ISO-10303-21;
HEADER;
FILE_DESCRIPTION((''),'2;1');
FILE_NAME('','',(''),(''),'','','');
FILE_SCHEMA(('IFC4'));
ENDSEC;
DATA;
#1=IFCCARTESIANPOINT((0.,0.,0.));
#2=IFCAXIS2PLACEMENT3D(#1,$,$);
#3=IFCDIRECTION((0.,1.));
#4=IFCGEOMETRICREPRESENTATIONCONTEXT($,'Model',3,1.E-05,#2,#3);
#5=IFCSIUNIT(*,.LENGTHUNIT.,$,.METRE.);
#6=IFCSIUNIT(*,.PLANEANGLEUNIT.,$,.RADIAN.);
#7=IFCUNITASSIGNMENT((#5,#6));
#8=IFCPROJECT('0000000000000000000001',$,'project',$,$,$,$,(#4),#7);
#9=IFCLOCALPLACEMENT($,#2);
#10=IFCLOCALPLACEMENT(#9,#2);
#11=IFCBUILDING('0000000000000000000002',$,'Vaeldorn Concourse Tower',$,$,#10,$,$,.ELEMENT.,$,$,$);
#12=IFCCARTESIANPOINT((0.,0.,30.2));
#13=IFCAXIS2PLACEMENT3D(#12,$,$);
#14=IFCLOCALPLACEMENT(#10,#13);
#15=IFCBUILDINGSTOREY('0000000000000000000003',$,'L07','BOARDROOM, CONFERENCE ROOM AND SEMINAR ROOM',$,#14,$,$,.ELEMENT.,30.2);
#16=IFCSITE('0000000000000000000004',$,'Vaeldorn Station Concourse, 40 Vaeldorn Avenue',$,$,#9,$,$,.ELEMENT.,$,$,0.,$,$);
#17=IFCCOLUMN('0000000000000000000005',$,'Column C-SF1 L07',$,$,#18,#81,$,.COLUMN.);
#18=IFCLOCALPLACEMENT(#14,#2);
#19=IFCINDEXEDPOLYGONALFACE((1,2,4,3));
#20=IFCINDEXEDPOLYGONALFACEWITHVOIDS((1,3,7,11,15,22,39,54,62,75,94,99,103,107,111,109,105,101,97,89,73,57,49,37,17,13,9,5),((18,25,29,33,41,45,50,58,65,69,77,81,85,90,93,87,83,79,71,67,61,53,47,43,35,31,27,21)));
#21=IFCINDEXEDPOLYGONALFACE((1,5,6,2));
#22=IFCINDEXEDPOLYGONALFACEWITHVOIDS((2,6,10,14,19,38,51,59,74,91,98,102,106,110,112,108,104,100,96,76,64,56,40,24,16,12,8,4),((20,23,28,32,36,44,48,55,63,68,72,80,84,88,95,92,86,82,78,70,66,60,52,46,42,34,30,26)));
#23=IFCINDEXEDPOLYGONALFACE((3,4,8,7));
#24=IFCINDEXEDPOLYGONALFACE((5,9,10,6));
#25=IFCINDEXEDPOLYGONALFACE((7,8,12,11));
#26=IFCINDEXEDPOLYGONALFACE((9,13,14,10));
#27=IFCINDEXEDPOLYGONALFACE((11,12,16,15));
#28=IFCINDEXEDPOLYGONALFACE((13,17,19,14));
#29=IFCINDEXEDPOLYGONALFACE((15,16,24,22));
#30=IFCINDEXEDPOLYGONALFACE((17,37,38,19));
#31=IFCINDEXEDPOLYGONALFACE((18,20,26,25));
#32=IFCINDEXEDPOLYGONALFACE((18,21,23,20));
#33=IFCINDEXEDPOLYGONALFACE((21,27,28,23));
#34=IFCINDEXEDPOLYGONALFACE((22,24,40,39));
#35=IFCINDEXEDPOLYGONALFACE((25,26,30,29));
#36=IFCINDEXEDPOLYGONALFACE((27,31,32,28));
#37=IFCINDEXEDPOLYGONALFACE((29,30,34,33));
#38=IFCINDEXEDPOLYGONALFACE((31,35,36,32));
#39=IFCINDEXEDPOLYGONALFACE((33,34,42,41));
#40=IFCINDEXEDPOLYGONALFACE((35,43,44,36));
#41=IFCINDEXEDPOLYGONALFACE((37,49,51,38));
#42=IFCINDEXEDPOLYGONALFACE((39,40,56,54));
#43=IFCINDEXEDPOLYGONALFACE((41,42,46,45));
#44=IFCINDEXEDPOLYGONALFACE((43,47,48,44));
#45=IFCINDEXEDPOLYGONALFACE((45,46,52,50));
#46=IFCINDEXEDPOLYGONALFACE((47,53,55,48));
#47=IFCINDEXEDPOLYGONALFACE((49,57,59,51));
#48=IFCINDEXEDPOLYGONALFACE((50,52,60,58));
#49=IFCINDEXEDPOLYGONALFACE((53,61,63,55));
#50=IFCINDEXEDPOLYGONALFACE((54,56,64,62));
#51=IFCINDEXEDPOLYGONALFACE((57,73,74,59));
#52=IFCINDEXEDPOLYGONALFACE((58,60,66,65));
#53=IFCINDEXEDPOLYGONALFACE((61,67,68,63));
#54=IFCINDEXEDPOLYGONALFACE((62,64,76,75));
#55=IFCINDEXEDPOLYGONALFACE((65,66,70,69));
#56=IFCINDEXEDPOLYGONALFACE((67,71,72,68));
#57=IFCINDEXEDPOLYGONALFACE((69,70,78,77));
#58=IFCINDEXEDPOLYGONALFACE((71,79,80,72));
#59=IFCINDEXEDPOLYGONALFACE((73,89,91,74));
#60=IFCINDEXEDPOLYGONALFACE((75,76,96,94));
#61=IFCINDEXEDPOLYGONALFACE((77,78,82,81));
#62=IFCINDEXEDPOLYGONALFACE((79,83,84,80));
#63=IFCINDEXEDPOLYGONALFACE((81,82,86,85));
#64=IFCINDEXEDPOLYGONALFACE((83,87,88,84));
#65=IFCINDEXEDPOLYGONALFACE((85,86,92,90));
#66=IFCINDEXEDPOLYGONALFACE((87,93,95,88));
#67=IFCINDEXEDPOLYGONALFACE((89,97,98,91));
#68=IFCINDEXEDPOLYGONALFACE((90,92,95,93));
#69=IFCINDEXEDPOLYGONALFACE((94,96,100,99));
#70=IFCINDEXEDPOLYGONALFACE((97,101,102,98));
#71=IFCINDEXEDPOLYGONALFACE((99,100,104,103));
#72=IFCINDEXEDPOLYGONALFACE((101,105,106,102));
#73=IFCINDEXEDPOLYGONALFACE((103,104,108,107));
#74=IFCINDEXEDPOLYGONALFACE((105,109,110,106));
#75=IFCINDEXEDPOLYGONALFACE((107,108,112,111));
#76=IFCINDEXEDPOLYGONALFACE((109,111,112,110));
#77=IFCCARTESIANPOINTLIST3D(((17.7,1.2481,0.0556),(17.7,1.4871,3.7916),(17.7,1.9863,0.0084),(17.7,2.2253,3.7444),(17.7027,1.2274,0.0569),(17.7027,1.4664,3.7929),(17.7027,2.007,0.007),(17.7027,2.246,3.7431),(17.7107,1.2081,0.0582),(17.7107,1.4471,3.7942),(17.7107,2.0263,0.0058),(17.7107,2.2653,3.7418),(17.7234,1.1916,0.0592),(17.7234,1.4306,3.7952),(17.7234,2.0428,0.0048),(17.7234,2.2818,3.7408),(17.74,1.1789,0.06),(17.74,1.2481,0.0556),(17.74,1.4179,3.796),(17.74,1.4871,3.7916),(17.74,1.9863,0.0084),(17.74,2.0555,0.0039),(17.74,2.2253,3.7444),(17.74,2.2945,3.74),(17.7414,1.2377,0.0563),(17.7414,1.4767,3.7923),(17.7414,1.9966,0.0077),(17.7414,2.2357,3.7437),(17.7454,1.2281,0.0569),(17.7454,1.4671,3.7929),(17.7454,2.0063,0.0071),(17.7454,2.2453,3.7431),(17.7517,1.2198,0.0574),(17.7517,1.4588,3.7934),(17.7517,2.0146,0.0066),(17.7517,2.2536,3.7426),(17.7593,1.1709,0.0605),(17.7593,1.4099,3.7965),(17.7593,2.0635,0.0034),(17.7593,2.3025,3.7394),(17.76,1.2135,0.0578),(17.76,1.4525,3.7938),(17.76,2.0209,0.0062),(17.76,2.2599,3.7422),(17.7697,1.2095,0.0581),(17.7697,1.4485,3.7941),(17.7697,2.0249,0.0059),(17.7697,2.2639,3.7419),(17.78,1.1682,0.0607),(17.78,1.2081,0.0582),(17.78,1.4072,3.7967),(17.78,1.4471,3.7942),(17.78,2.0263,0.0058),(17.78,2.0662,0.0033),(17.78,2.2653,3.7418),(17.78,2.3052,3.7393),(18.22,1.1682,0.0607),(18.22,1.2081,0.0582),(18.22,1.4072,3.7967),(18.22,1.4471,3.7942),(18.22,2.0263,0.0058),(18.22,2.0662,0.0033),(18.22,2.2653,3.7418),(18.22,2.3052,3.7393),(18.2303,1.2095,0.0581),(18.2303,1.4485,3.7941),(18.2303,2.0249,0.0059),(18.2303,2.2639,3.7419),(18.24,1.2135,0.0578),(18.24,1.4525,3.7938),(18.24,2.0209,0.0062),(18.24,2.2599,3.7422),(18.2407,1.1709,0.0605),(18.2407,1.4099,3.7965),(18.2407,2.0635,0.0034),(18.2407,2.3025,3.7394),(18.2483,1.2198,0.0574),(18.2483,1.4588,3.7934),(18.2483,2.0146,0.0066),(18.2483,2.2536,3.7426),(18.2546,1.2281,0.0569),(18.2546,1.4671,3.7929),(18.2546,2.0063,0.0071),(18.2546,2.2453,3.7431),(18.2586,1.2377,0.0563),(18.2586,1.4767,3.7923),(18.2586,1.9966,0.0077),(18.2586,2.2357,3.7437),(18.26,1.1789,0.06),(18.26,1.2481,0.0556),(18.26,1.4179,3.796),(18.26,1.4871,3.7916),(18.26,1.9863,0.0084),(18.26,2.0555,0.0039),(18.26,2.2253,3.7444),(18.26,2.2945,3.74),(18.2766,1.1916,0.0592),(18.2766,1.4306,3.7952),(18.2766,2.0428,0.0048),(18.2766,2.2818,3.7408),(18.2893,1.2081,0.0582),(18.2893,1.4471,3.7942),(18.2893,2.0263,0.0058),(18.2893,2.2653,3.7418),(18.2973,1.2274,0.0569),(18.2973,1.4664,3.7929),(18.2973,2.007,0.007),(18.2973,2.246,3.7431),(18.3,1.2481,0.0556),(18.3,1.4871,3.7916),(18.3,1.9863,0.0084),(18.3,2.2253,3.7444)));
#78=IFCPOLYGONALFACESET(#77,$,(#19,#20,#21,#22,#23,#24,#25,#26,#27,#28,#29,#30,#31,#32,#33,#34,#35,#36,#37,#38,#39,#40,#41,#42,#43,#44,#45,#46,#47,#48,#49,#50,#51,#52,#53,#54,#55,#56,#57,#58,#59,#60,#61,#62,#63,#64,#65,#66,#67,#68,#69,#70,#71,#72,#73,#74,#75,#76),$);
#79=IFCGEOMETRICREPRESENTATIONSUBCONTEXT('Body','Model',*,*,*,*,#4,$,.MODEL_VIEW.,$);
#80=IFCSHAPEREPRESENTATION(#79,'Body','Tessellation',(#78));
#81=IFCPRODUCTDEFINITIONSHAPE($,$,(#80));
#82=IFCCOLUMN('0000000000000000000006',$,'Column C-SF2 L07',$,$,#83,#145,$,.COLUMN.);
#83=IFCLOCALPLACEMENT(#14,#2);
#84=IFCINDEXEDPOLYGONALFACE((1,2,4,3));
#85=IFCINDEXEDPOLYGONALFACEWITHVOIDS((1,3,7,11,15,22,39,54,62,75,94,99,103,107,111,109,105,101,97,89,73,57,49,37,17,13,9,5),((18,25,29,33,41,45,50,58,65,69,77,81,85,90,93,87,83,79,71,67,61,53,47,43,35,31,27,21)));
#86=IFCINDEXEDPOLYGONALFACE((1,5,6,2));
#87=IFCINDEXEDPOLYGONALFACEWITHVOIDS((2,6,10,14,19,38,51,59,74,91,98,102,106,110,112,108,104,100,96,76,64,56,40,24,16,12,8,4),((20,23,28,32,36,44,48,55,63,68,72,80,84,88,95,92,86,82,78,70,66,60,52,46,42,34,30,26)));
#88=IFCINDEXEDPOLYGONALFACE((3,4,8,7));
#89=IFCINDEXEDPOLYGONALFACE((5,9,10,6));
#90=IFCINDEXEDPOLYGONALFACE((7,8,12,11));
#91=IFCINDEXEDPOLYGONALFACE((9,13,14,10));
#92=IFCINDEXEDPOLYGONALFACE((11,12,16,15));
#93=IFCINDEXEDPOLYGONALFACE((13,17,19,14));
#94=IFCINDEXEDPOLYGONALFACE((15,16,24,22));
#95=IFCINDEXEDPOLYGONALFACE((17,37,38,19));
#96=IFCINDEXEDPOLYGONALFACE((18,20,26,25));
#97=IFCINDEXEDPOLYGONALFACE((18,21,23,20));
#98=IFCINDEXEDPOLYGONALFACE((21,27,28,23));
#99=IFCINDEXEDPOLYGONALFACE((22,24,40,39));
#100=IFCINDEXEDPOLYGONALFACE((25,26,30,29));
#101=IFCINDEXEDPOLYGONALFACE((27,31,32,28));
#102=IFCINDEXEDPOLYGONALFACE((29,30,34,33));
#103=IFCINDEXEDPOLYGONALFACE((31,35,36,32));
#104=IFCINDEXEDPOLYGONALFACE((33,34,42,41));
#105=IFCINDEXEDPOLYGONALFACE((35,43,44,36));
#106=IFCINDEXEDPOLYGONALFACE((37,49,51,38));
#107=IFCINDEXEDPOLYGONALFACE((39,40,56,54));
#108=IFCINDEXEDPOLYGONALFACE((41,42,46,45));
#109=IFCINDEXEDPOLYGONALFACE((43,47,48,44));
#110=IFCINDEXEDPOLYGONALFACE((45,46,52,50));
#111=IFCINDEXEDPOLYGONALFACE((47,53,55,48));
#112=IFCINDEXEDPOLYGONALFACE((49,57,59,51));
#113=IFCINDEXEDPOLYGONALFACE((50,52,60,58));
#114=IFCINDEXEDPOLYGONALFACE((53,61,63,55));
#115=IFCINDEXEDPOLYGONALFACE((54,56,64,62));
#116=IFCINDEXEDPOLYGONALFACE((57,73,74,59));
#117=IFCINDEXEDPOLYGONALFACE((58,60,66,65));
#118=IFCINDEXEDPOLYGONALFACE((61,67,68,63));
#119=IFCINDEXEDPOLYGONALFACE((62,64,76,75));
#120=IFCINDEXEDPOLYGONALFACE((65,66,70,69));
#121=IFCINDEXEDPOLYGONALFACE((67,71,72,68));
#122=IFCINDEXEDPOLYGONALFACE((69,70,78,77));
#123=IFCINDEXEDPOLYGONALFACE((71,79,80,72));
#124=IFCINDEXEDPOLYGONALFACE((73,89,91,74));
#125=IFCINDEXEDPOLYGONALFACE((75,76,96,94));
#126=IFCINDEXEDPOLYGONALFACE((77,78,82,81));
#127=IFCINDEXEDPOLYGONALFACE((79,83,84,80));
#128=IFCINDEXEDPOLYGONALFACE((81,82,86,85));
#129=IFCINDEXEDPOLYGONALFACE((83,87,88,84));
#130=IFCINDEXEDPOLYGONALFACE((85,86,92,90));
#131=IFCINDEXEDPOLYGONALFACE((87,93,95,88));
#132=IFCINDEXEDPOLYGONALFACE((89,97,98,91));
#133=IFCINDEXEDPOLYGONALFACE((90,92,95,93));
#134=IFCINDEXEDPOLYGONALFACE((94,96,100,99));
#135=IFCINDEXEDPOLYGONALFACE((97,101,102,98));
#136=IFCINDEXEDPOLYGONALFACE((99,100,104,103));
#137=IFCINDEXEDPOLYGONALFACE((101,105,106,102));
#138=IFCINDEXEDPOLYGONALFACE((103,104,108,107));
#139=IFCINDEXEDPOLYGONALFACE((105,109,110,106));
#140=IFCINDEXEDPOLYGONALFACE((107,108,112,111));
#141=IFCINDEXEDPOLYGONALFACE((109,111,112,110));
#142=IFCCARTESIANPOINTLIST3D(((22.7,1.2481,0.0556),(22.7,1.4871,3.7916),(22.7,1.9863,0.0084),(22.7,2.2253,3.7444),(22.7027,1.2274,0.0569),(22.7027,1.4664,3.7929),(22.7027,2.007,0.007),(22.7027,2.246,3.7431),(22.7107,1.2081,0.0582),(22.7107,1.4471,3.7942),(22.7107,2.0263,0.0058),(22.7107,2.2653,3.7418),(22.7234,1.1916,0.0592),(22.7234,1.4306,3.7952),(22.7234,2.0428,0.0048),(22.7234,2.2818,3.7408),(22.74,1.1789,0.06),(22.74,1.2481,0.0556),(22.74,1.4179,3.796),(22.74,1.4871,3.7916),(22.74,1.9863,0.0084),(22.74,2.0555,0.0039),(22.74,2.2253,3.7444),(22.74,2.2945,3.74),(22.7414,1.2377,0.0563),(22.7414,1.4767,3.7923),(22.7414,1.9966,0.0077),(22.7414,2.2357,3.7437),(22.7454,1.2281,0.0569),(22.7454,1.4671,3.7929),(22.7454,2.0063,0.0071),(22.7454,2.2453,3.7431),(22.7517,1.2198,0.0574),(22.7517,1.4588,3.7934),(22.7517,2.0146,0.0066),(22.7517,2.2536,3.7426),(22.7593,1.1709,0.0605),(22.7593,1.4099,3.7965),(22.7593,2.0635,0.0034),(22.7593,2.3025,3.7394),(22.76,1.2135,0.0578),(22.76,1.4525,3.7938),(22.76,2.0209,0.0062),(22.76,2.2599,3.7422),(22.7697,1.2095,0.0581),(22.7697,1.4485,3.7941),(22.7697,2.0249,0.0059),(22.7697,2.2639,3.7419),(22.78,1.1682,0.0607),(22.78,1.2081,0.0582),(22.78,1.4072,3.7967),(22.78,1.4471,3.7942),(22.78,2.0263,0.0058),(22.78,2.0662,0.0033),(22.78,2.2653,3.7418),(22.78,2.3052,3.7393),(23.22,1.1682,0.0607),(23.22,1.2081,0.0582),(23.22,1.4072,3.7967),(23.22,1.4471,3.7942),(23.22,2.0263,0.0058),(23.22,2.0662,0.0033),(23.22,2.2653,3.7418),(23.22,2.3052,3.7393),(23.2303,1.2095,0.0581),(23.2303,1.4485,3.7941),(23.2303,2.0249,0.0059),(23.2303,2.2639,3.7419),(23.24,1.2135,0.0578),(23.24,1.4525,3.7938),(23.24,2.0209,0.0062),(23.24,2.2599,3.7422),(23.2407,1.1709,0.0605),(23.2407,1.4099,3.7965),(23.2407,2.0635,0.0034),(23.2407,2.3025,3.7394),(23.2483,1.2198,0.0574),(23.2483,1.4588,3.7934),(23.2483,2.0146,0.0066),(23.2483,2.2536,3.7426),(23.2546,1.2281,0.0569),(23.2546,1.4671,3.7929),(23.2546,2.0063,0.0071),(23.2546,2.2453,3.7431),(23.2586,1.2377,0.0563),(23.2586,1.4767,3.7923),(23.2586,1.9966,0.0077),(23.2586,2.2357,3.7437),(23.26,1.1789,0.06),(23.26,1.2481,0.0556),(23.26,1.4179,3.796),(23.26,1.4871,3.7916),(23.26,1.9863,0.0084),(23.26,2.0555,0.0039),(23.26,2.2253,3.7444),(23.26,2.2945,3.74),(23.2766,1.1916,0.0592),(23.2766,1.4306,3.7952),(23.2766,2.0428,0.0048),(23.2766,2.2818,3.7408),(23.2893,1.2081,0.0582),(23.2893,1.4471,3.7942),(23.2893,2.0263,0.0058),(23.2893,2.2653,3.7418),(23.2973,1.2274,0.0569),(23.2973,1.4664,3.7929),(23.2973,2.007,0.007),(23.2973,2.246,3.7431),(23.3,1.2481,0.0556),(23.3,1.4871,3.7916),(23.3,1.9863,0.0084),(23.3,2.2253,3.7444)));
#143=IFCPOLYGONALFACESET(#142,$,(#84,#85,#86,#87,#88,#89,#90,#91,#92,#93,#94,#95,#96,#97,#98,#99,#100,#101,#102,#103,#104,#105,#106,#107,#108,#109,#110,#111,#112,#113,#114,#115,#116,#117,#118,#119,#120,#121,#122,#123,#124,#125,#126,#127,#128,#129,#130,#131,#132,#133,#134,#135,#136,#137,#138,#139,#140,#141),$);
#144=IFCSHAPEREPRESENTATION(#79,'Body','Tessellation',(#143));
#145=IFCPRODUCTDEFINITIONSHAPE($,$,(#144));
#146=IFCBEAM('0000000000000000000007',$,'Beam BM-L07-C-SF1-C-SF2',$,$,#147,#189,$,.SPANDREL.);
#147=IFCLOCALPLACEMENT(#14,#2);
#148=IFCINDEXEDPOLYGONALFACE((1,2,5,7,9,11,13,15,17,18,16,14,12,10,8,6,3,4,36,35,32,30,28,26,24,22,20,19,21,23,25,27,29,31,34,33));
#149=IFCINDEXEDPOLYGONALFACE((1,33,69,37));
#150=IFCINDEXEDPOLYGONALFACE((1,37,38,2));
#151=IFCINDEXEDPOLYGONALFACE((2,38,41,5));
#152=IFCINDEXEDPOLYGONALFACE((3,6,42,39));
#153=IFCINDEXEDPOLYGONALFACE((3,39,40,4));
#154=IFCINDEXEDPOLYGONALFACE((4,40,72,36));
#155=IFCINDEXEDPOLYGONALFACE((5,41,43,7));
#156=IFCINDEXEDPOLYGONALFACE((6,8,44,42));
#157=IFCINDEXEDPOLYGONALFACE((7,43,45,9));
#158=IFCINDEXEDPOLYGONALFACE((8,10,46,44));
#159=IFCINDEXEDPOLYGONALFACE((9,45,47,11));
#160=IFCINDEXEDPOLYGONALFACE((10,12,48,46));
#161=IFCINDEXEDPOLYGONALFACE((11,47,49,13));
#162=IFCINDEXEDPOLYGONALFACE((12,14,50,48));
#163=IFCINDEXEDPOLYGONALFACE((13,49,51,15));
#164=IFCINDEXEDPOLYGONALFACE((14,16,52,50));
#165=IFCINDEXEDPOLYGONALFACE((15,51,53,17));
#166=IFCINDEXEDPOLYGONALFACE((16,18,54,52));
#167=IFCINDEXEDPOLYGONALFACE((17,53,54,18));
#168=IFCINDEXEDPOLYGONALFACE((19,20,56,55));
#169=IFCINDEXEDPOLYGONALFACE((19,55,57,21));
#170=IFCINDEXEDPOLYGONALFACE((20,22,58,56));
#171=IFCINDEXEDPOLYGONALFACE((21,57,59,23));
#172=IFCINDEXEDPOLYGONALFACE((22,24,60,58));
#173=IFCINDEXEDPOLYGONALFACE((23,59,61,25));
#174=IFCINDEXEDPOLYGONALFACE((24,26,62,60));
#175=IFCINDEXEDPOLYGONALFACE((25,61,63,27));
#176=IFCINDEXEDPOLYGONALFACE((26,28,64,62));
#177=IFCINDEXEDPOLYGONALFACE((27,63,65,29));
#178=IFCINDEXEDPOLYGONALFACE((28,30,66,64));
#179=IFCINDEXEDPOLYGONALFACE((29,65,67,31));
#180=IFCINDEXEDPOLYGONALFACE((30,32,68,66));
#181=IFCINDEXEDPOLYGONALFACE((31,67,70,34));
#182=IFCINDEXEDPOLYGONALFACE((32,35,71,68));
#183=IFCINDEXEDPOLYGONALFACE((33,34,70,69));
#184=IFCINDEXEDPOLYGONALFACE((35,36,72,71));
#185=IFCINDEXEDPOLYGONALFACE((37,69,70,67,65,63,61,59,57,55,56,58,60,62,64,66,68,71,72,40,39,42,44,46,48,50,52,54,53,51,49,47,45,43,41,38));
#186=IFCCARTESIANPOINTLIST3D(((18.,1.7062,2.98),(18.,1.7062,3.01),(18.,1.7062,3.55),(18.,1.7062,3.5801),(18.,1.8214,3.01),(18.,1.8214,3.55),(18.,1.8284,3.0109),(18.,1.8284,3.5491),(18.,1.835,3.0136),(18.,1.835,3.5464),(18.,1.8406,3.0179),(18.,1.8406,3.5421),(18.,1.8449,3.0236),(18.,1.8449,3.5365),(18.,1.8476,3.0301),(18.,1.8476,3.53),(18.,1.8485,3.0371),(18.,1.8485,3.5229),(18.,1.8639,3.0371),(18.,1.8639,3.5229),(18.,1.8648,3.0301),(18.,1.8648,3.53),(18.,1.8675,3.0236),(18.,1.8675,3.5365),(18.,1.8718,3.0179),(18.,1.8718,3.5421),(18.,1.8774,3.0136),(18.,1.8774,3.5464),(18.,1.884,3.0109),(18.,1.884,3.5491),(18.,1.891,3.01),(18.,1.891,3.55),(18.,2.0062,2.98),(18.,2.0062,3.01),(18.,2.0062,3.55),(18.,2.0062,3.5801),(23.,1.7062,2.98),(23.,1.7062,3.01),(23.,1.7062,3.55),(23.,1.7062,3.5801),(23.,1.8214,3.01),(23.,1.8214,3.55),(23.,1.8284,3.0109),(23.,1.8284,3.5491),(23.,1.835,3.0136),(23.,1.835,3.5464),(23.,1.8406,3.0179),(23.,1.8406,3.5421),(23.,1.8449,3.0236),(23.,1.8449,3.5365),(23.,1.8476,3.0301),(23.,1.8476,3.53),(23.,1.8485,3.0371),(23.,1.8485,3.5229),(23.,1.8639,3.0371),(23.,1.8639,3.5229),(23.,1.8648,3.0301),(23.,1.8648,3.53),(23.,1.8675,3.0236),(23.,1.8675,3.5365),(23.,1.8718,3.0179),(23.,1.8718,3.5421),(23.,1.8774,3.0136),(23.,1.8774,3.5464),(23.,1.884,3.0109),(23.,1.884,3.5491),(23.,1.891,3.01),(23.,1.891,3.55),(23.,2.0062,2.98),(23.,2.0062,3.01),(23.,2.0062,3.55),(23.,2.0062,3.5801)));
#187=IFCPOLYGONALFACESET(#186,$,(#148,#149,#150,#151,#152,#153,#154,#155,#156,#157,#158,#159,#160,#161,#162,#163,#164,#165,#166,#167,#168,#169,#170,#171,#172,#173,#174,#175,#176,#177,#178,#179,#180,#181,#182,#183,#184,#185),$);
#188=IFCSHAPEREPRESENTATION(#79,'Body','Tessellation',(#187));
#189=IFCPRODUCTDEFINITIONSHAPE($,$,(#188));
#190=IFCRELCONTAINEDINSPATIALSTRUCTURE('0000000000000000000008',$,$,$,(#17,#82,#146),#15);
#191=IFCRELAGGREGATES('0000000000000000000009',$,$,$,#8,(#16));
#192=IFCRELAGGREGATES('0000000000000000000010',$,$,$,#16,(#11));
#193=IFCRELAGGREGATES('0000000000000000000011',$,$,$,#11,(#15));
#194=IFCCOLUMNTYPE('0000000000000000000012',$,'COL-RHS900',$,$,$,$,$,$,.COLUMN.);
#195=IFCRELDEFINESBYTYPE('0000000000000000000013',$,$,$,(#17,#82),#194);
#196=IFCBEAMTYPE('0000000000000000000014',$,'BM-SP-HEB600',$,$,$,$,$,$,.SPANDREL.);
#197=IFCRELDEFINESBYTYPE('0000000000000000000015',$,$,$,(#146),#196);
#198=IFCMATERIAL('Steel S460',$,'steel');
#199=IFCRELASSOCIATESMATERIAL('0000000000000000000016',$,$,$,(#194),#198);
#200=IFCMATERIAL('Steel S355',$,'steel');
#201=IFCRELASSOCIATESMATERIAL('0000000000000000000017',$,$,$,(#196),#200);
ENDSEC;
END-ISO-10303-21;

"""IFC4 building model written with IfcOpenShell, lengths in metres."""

from ifc_helpers import new_model, si_unit, direction, frame, origin, origin_2d, place, context, subcontext, project, spatial, hollow_rectangle, i_section, extrude, source, transform, mapped, material, material_profile, profile_set, type_object, element, save


model = new_model("IFC4")

# Units and contexts
model_context = context("Model", 3, precision=1e-05, world=origin(), true_north=direction((0.0, 1.0)))
body_context = subcontext(model_context, "Body", "Model", "MODEL_VIEW")
ifc_project = project(units=[si_unit("LENGTHUNIT", "METRE"), si_unit("PLANEANGLEUNIT", "RADIAN")], contexts=[model_context])

# Site, building, storey
site_placement = place(None, origin())
site = spatial("IfcSite", under=ifc_project, at=site_placement, Name="Vaeldorn Station Concourse, 40 Vaeldorn Avenue", CompositionType="ELEMENT", RefElevation=0.0)
building_placement = place(site_placement, origin())
building = spatial("IfcBuilding", under=site, at=building_placement, Name="Vaeldorn Concourse Tower", CompositionType="ELEMENT")
storey_placement = place(building_placement, frame((0.0, 0.0, 30.2)))
storey = spatial("IfcBuildingStorey", under=building, at=storey_placement, Name="L07", Description="BOARDROOM, CONFERENCE ROOM AND SEMINAR ROOM", CompositionType="ELEMENT", Elevation=30.2)

# Columns
ifc_material_1 = material(Name="Steel S460", Category="steel")
ifc_material_profile_1 = material_profile(ifc_material_1, hollow_rectangle(XDim=0.6001, YDim=0.8999, WallThickness=0.04, InnerFilletRadius=0.04, OuterFilletRadius=0.0801, at=origin_2d()), Name="RHS 900x600x40")
ifc_profile_set_1 = profile_set([ifc_material_profile_1], Name="Steel S460")
column_type = type_object("IfcColumnType", Name="COL-RHS900", PredefinedType="COLUMN", material=ifc_profile_set_1)
shared_shape_1 = source(origin(), body_context, "Body", "SweptSolid", [
    extrude(hollow_rectangle(XDim=0.6001, YDim=0.8999, WallThickness=0.04, InnerFilletRadius=0.04, OuterFilletRadius=0.0801, at=origin_2d()), origin(), (0.0, 0.0, 1.0), 3.7437),
])
for number, where, z_axis, x_axis, name in (
    (1, (18.0, 1.6172, 0.032), (0.0, 0.063844, 0.99796), (-1.0, 0.0, 0.0), "Column C-SF1 L07"),
    (2, (23.0, 1.6172, 0.032), (0.0, 0.063844, 0.99796), (-1.0, 0.0, 0.0), "Column C-SF2 L07"),
):
    element("IfcColumn", number, at=place(storey_placement, frame(where, z_axis=z_axis, x_axis=x_axis)), inside=storey, type_object=column_type, Name=name, PredefinedType="COLUMN", context=body_context, shape_type="MappedRepresentation", body=[
        mapped(shared_shape_1, transform((0.0, 0.0, 0.0), scale=1.0)),
    ])

# Beam
ifc_material_2 = material(Name="Steel S355", Category="steel")
ifc_material_profile_2 = material_profile(ifc_material_2, i_section(OverallWidth=0.3, OverallDepth=0.6001, WebThickness=0.0154, FlangeThickness=0.03, FilletRadius=0.0271, at=origin_2d()), Name="HEB 600")
ifc_profile_set_2 = profile_set([ifc_material_profile_2], Name="Steel S355")
beam_type_1 = type_object("IfcBeamType", Name="BM-SP-HEB600", PredefinedType="SPANDREL", material=ifc_profile_set_2)
shared_shape_2 = source(origin(), body_context, "Body", "SweptSolid", [
    extrude(i_section(OverallWidth=0.3, OverallDepth=0.6001, WebThickness=0.0154, FlangeThickness=0.03, FilletRadius=0.0271, at=origin_2d()), origin(), (0.0, 0.0, 1.0), 5.0),
])
beam_1_placement = place(storey_placement, frame((18.0, 1.8562, 3.28), z_axis=(1.0, 0.0, 0.0), x_axis=(0.0, 1.0, 0.0)))
element("IfcBeam", 3, at=beam_1_placement, inside=storey, type_object=beam_type_1, Name="Beam BM-L07-C-SF1-C-SF2", PredefinedType="SPANDREL", context=body_context, shape_type="MappedRepresentation", body=[
    mapped(shared_shape_2, transform((0.0, 0.0, 0.0), scale=1.0)),
])

save(model, "model.ifc")
